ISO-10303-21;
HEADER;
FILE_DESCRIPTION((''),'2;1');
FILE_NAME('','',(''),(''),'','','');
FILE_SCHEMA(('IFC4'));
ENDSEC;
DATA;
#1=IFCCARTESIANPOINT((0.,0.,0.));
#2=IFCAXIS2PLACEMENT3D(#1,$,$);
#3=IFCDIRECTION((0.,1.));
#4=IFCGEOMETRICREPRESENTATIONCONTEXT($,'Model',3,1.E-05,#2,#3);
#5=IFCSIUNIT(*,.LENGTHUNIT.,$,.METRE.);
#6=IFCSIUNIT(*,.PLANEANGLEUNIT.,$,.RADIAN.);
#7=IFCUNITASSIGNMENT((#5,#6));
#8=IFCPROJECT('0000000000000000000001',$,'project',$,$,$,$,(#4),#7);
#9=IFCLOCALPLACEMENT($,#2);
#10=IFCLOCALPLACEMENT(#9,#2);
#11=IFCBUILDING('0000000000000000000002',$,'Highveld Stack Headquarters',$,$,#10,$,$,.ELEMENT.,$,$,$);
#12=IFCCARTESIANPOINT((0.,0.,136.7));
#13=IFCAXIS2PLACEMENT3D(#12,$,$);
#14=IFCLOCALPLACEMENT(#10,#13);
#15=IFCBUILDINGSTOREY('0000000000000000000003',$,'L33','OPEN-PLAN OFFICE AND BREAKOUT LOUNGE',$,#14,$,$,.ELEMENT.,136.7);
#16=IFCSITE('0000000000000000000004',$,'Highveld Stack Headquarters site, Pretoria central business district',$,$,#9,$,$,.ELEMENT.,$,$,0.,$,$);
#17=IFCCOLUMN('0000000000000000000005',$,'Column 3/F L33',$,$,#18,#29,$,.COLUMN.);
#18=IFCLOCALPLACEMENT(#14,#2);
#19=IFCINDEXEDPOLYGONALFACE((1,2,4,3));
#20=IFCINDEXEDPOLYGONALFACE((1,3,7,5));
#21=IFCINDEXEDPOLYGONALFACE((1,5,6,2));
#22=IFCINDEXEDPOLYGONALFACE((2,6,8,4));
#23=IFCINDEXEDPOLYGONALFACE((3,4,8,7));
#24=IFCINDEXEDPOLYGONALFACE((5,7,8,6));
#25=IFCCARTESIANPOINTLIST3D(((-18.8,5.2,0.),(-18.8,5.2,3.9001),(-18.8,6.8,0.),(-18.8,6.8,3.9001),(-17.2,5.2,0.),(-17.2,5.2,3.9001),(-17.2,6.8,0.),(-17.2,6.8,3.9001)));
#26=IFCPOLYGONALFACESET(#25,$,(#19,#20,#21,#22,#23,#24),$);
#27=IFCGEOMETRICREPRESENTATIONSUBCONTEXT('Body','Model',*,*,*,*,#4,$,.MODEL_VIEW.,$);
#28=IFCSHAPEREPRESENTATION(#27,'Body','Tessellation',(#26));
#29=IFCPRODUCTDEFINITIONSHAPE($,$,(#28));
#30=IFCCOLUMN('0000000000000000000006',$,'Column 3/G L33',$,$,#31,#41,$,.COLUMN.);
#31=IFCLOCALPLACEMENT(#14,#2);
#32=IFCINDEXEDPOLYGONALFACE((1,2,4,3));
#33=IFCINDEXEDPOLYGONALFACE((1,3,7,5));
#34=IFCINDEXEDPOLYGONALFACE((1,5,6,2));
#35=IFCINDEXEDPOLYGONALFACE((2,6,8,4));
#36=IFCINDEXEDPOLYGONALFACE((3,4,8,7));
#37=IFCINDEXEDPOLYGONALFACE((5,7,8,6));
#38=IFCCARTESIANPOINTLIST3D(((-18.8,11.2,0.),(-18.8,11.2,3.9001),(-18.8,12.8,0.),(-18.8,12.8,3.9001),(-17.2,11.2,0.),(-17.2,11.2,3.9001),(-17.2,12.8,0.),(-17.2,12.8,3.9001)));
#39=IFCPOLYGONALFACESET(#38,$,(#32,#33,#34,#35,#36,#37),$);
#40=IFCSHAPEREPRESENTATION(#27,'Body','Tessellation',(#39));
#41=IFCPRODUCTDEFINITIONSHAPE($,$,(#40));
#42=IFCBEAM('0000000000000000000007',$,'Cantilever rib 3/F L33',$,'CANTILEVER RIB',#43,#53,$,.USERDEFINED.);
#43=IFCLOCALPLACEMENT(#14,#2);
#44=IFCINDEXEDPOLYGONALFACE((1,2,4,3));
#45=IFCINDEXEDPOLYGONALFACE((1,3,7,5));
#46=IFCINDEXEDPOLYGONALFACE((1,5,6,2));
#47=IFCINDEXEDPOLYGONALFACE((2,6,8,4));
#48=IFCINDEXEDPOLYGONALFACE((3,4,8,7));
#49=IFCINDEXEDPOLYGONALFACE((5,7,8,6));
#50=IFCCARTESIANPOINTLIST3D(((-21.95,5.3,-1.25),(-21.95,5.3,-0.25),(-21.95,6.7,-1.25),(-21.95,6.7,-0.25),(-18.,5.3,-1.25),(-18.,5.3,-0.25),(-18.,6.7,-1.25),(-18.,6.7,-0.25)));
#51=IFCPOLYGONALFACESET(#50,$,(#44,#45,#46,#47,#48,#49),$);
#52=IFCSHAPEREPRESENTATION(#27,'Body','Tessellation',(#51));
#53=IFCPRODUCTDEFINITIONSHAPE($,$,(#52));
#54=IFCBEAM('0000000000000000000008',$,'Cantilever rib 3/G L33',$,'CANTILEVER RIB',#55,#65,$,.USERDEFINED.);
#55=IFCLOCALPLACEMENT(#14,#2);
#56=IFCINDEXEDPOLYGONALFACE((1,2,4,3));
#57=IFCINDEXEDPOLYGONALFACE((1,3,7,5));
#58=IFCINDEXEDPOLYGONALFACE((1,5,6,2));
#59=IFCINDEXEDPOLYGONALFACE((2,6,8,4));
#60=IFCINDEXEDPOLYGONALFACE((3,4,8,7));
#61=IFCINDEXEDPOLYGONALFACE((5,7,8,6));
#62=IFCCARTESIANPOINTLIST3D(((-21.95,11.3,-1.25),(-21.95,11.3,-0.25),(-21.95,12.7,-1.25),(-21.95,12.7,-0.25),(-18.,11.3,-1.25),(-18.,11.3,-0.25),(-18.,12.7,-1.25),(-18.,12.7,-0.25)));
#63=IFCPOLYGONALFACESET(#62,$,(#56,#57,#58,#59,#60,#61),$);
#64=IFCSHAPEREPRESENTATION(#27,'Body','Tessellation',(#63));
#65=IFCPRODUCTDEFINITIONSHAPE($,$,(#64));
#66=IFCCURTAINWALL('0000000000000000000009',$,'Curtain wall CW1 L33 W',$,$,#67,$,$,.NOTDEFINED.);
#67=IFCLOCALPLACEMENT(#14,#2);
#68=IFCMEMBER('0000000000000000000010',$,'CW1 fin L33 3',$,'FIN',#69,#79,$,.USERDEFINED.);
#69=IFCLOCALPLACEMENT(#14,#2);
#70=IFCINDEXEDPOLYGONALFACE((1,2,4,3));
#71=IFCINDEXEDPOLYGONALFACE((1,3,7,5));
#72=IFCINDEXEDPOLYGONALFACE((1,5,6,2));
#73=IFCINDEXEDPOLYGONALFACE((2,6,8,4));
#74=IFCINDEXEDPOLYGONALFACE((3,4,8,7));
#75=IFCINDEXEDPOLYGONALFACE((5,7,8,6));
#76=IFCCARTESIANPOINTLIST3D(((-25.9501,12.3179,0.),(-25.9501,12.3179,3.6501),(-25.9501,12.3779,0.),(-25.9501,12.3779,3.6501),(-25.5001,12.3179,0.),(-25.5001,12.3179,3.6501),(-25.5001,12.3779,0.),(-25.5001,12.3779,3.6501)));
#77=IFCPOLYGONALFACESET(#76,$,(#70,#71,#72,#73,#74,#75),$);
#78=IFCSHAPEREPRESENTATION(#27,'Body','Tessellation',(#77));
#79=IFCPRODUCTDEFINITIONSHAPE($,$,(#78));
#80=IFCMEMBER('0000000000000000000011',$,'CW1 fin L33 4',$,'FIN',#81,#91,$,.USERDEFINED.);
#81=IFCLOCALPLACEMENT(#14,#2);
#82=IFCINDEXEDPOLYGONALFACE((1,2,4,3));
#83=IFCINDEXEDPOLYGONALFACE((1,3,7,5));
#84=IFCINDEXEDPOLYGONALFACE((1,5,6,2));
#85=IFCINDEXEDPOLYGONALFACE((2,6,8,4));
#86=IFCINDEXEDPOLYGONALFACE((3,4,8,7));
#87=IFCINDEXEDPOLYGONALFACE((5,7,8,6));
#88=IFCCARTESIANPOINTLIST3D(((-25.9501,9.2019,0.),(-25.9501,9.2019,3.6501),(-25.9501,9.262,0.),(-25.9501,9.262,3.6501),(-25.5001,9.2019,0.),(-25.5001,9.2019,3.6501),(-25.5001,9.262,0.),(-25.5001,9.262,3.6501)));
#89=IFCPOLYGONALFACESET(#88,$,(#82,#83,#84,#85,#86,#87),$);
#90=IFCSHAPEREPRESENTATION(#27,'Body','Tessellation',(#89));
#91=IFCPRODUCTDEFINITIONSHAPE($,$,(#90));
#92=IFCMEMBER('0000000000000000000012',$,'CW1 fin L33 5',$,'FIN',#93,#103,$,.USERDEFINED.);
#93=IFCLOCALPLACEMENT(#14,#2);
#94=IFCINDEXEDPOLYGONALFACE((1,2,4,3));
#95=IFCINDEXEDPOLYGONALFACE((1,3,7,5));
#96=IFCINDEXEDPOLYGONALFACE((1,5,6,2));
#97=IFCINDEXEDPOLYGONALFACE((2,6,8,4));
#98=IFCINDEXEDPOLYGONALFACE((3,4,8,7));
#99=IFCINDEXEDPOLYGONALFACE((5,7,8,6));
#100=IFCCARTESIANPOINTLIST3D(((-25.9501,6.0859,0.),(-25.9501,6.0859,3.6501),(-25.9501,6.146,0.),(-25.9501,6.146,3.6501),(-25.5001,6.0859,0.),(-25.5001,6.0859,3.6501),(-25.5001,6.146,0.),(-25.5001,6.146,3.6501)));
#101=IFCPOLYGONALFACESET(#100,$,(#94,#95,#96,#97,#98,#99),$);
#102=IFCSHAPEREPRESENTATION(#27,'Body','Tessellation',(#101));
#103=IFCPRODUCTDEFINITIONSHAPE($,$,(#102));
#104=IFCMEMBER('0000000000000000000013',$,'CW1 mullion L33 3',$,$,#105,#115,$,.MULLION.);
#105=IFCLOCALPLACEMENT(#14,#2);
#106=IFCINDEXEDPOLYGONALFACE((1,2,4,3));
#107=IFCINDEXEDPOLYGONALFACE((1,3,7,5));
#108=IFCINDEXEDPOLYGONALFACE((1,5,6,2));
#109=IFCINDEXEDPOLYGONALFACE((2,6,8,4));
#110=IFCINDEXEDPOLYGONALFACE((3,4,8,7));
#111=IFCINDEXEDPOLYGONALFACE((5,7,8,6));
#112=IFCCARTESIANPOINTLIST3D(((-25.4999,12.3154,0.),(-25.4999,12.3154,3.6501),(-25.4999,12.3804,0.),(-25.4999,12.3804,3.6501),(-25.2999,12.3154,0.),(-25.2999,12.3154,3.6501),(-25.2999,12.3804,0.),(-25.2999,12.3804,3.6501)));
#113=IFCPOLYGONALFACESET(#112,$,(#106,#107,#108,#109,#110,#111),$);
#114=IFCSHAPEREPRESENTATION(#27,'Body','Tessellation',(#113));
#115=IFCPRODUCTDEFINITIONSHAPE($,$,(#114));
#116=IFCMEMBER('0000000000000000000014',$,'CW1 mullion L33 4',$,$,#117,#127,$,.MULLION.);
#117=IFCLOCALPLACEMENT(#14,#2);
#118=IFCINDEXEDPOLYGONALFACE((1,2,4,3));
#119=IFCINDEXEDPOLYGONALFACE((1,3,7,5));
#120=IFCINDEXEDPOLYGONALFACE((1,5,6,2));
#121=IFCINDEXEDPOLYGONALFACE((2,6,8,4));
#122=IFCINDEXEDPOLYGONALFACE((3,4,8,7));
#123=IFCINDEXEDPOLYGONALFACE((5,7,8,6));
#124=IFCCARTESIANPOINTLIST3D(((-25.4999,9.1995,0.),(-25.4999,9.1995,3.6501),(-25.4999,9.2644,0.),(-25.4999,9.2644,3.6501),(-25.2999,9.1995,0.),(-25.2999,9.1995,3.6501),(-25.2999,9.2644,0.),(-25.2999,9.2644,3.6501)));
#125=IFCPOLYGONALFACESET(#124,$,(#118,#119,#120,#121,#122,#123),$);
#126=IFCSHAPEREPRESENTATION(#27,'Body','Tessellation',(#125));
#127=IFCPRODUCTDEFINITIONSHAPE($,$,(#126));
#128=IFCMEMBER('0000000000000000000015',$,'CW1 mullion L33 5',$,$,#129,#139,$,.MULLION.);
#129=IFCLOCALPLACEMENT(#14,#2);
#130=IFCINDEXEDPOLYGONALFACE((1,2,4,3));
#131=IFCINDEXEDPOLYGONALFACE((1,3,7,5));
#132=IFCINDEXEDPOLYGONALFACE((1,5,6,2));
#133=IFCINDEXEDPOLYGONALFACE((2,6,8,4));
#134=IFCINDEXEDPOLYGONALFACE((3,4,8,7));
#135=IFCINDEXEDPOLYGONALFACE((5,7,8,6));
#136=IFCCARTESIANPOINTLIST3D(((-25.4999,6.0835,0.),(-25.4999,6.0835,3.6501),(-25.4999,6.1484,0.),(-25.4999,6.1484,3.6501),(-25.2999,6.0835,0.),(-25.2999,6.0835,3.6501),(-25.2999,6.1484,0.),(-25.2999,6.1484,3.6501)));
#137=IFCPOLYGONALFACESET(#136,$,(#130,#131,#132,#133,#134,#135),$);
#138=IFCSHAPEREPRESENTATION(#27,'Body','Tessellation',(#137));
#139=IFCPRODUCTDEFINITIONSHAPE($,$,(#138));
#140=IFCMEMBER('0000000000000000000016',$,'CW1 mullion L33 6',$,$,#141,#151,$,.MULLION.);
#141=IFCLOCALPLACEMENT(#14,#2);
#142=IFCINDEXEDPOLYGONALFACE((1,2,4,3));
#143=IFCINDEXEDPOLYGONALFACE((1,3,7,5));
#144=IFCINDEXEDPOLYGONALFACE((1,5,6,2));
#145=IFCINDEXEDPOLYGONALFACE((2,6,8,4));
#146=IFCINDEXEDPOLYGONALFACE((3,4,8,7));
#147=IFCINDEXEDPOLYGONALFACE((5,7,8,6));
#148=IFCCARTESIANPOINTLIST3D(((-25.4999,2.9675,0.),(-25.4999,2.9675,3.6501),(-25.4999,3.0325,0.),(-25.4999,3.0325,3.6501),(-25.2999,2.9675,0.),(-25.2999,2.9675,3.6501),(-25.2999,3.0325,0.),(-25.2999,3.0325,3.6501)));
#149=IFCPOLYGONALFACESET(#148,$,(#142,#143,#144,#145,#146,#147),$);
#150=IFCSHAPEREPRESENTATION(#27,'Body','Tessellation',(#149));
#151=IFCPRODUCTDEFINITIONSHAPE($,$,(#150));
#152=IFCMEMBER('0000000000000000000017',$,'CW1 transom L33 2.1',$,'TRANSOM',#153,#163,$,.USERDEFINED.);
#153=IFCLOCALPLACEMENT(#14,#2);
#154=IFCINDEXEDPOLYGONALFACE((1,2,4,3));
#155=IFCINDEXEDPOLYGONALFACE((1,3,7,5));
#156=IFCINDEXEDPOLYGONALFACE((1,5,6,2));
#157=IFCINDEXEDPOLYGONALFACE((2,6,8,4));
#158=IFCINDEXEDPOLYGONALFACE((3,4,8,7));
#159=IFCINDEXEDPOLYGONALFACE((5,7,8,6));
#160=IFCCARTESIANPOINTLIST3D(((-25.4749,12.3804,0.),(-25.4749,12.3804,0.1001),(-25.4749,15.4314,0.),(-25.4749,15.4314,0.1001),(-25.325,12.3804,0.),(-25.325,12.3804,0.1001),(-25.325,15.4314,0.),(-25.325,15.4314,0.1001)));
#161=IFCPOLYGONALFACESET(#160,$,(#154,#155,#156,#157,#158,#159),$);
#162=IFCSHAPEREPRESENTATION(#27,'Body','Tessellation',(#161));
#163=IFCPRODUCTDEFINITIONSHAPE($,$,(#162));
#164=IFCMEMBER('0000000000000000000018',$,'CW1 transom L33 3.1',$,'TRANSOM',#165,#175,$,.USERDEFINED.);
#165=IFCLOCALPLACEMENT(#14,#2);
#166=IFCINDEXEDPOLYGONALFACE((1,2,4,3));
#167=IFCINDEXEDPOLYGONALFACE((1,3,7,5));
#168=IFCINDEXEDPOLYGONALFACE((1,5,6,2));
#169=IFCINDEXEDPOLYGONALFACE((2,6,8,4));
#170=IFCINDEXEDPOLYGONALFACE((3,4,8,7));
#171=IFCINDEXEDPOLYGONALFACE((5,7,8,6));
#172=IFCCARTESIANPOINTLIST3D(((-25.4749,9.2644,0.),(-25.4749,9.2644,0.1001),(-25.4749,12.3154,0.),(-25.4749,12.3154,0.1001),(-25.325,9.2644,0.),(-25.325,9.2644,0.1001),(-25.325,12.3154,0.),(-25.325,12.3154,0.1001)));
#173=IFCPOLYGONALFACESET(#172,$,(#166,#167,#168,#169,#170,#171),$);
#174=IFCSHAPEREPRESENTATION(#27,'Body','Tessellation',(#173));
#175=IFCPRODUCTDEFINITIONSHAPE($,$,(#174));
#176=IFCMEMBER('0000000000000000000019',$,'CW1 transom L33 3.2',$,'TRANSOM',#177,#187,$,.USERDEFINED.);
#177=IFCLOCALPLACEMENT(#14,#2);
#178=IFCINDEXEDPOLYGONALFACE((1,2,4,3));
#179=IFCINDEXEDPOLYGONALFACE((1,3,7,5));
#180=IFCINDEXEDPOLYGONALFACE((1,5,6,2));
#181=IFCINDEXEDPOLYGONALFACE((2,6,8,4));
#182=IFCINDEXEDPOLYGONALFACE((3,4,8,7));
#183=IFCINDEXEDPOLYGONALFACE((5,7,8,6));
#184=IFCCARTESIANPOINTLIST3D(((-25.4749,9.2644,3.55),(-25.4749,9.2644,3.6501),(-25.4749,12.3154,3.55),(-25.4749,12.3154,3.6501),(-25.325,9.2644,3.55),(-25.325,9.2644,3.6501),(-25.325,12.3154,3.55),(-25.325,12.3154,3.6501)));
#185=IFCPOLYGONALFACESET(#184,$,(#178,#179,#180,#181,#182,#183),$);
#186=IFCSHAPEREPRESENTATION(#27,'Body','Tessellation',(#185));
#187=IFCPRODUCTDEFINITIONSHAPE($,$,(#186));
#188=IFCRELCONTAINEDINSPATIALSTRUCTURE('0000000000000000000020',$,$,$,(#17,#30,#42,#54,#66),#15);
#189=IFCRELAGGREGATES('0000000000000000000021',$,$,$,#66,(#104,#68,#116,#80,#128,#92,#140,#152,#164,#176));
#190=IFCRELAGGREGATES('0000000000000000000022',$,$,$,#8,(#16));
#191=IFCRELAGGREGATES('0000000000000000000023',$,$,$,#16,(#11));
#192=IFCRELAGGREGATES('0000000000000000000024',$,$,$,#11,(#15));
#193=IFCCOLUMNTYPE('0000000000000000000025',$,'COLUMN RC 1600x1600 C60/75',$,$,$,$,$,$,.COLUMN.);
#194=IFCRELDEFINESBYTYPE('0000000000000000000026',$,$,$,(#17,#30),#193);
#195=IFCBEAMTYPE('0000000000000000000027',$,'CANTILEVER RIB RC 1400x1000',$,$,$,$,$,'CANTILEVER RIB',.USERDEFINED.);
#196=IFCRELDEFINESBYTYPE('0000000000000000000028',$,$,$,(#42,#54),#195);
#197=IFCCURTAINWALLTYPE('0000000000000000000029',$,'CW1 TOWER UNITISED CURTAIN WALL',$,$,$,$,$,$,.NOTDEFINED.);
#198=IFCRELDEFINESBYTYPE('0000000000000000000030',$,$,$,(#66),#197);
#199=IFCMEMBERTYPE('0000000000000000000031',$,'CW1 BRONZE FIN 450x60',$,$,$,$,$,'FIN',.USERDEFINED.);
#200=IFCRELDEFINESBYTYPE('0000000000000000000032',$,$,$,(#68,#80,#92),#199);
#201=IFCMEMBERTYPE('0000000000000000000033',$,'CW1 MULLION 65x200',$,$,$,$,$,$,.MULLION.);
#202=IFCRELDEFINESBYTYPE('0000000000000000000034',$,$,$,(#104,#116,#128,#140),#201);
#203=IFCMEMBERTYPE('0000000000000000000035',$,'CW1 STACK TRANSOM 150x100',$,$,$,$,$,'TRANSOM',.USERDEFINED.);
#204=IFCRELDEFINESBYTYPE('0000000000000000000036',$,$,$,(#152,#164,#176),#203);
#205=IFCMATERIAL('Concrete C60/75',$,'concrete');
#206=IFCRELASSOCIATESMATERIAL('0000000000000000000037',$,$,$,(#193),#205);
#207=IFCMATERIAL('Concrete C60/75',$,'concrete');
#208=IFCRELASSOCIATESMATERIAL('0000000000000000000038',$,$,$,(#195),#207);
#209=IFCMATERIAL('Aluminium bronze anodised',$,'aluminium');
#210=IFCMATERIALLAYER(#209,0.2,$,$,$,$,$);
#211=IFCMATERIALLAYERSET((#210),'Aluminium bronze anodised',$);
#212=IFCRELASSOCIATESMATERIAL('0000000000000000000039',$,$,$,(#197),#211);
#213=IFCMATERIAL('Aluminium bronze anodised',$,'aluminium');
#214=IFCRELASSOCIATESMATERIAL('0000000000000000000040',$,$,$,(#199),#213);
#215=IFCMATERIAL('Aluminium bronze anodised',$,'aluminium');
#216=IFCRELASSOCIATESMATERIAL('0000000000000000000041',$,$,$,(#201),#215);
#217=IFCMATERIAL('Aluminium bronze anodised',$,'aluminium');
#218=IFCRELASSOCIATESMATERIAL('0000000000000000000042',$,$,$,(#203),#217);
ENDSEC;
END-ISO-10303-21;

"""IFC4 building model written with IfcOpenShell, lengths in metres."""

from ifc_helpers import new_model, si_unit, direction, frame, origin, origin_2d, place, context, subcontext, project, spatial, rectangle, extrude, material, layer, layer_set, material_profile, profile_set, type_object, element, aggregate, save


model = new_model("IFC4")

# Units and contexts
model_context = context("Model", 3, precision=1e-05, world=origin(), true_north=direction((0.0, 1.0)))
body_context = subcontext(model_context, "Body", "Model", "MODEL_VIEW")
ifc_project = project(units=[si_unit("LENGTHUNIT", "METRE"), si_unit("PLANEANGLEUNIT", "RADIAN")], contexts=[model_context])

# Site, building, storey
site_placement = place(None, origin())
site = spatial("IfcSite", under=ifc_project, at=site_placement, Name="Highveld Stack Headquarters site, Pretoria central business district", CompositionType="ELEMENT", RefElevation=0.0)
building_placement = place(site_placement, origin())
building = spatial("IfcBuilding", under=site, at=building_placement, Name="Highveld Stack Headquarters", CompositionType="ELEMENT")
storey_placement = place(building_placement, frame((0.0, 0.0, 136.7)))
storey = spatial("IfcBuildingStorey", under=building, at=storey_placement, Name="L33", Description="OPEN-PLAN OFFICE AND BREAKOUT LOUNGE", CompositionType="ELEMENT", Elevation=136.7)

# Columns
ifc_material_1 = material(Name="Concrete C60/75", Category="concrete")
ifc_material_profile_1 = material_profile(ifc_material_1, rectangle(XDim=1.6001, YDim=1.6001, at=origin_2d()), Name="RC 1600x1600")
ifc_profile_set_1 = profile_set([ifc_material_profile_1], Name="Concrete C60/75")
column_type = type_object("IfcColumnType", Name="COLUMN RC 1600x1600 C60/75", PredefinedType="COLUMN", material=ifc_profile_set_1)
for number, where, z_axis, x_axis, name in (
    (1, (-18.0, 6.0, 0.0), (0.0, 0.0, 1.0), (1.0, 0.0, 0.0), "Column 3/F L33"),
    (2, (-18.0, 12.0, 0.0), (0.0, 0.0, 1.0), (1.0, 0.0, 0.0), "Column 3/G L33"),
):
    element("IfcColumn", number, at=place(storey_placement, frame(where, z_axis=z_axis, x_axis=x_axis)), inside=storey, type_object=column_type, Name=name, PredefinedType="COLUMN", context=body_context, shape_type="SweptSolid", body=[
        extrude(rectangle(XDim=1.6001, YDim=1.6001, at=origin_2d()), origin(), (0.0, 0.0, 1.0), 3.9001),
    ])

# Beams
ifc_material_2 = material(Name="Concrete C60/75", Category="concrete")
ifc_material_profile_2 = material_profile(ifc_material_2, rectangle(XDim=1.3999, YDim=1.0, at=origin_2d()), Name="RC 1400x1000")
ifc_profile_set_2 = profile_set([ifc_material_profile_2], Name="Concrete C60/75")
beam_type_1 = type_object("IfcBeamType", Name="CANTILEVER RIB RC 1400x1000", ElementType="CANTILEVER RIB", PredefinedType="USERDEFINED", material=ifc_profile_set_2)
for number, where, z_axis, x_axis, name in (
    (3, (-18.0, 6.0, -0.75), (-1.0, 0.0, 0.0), (0.0, -1.0, 0.0), "Cantilever rib 3/F L33"),
    (4, (-18.0, 12.0, -0.75), (-1.0, 0.0, 0.0), (0.0, -1.0, 0.0), "Cantilever rib 3/G L33"),
):
    element("IfcBeam", number, at=place(storey_placement, frame(where, z_axis=z_axis, x_axis=x_axis)), inside=storey, type_object=beam_type_1, Name=name, ObjectType="CANTILEVER RIB", PredefinedType="USERDEFINED", context=body_context, shape_type="SweptSolid", body=[
        extrude(rectangle(XDim=1.3999, YDim=1.0, at=origin_2d()), origin(), (0.0, 0.0, 1.0), 3.95),
    ])

# Curtain wall, members
ifc_material_3 = material(Name="Aluminium bronze anodised", Category="aluminium")
ifc_layer_1 = layer(ifc_material_3, 0.2)
ifc_layer_set_1 = layer_set([ifc_layer_1], Name="Aluminium bronze anodised")
curtain_wall_type = type_object("IfcCurtainWallType", Name="CW1 TOWER UNITISED CURTAIN WALL", PredefinedType="NOTDEFINED", material=ifc_layer_set_1)
curtain_wall_placement = place(storey_placement, origin())
curtain_wall = element("IfcCurtainWall", 5, at=curtain_wall_placement, inside=storey, type_object=curtain_wall_type, Name="Curtain wall CW1 L33 W", PredefinedType="NOTDEFINED")
ifc_material_4 = material(Name="Aluminium bronze anodised", Category="aluminium")
ifc_material_profile_3 = material_profile(ifc_material_4, rectangle(XDim=0.45, YDim=0.0601, at=origin_2d()), Name="FIN 450x60")
ifc_profile_set_3 = profile_set([ifc_material_profile_3], Name="Aluminium bronze anodised")
member_type_1 = type_object("IfcMemberType", Name="CW1 BRONZE FIN 450x60", ElementType="FIN", PredefinedType="USERDEFINED", material=ifc_profile_set_3)
member_1_placement = place(storey_placement, frame((-25.7251, 12.3479, 0.0), z_axis=(0.0, 0.0, 1.0), x_axis=(1.0, 0.0, 0.0)))
member_1 = element("IfcMember", 6, at=member_1_placement, type_object=member_type_1, Name="CW1 fin L33 3", ObjectType="FIN", PredefinedType="USERDEFINED", context=body_context, shape_type="SweptSolid", body=[
    extrude(rectangle(XDim=0.45, YDim=0.0601, at=origin_2d()), origin(), (0.0, 0.0, 1.0), 3.6501),
])
member_2_placement = place(storey_placement, frame((-25.7251, 9.2319, 0.0), z_axis=(0.0, 0.0, 1.0), x_axis=(1.0, 0.0, 0.0)))
member_2 = element("IfcMember", 7, at=member_2_placement, type_object=member_type_1, Name="CW1 fin L33 4", ObjectType="FIN", PredefinedType="USERDEFINED", context=body_context, shape_type="SweptSolid", body=[
    extrude(rectangle(XDim=0.45, YDim=0.0601, at=origin_2d()), origin(), (0.0, 0.0, 1.0), 3.6501),
])
member_3_placement = place(storey_placement, frame((-25.7251, 6.116, 0.0), z_axis=(0.0, 0.0, 1.0), x_axis=(1.0, 0.0, 0.0)))
member_3 = element("IfcMember", 8, at=member_3_placement, type_object=member_type_1, Name="CW1 fin L33 5", ObjectType="FIN", PredefinedType="USERDEFINED", context=body_context, shape_type="SweptSolid", body=[
    extrude(rectangle(XDim=0.45, YDim=0.0601, at=origin_2d()), origin(), (0.0, 0.0, 1.0), 3.6501),
])
ifc_material_5 = material(Name="Aluminium bronze anodised", Category="aluminium")
ifc_material_profile_4 = material_profile(ifc_material_5, rectangle(XDim=0.2, YDim=0.0649, at=origin_2d()), Name="CW1 MULLION 65x200")
ifc_profile_set_4 = profile_set([ifc_material_profile_4], Name="Aluminium bronze anodised")
member_type_2 = type_object("IfcMemberType", Name="CW1 MULLION 65x200", PredefinedType="MULLION", material=ifc_profile_set_4)
member_4_placement = place(storey_placement, frame((-25.3999, 12.3479, 0.0), z_axis=(0.0, 0.0, 1.0), x_axis=(1.0, 0.0, 0.0)))
member_4 = element("IfcMember", 9, at=member_4_placement, type_object=member_type_2, Name="CW1 mullion L33 3", PredefinedType="MULLION", context=body_context, shape_type="SweptSolid", body=[
    extrude(rectangle(XDim=0.2, YDim=0.0649, at=origin_2d()), origin(), (0.0, 0.0, 1.0), 3.6501),
])
member_5_placement = place(storey_placement, frame((-25.3999, 9.2319, 0.0), z_axis=(0.0, 0.0, 1.0), x_axis=(1.0, 0.0, 0.0)))
member_5 = element("IfcMember", 10, at=member_5_placement, type_object=member_type_2, Name="CW1 mullion L33 4", PredefinedType="MULLION", context=body_context, shape_type="SweptSolid", body=[
    extrude(rectangle(XDim=0.2, YDim=0.0649, at=origin_2d()), origin(), (0.0, 0.0, 1.0), 3.6501),
])
member_6_placement = place(storey_placement, frame((-25.3999, 6.116, 0.0), z_axis=(0.0, 0.0, 1.0), x_axis=(1.0, 0.0, 0.0)))
member_6 = element("IfcMember", 11, at=member_6_placement, type_object=member_type_2, Name="CW1 mullion L33 5", PredefinedType="MULLION", context=body_context, shape_type="SweptSolid", body=[
    extrude(rectangle(XDim=0.2, YDim=0.0649, at=origin_2d()), origin(), (0.0, 0.0, 1.0), 3.6501),
])
member_7_placement = place(storey_placement, frame((-25.3999, 3.0, 0.0), z_axis=(0.0, 0.0, 1.0), x_axis=(1.0, 0.0, 0.0)))
member_7 = element("IfcMember", 12, at=member_7_placement, type_object=member_type_2, Name="CW1 mullion L33 6", PredefinedType="MULLION", context=body_context, shape_type="SweptSolid", body=[
    extrude(rectangle(XDim=0.2, YDim=0.0649, at=origin_2d()), origin(), (0.0, 0.0, 1.0), 3.6501),
])
ifc_material_6 = material(Name="Aluminium bronze anodised", Category="aluminium")
ifc_material_profile_5 = material_profile(ifc_material_6, rectangle(XDim=0.1499, YDim=0.1001, at=origin_2d()), Name="CW1 TRANSOM 150x100")
ifc_profile_set_5 = profile_set([ifc_material_profile_5], Name="Aluminium bronze anodised")
member_type_3 = type_object("IfcMemberType", Name="CW1 STACK TRANSOM 150x100", ElementType="TRANSOM", PredefinedType="USERDEFINED", material=ifc_profile_set_5)
member_8_placement = place(storey_placement, frame((-25.3999, 15.4314, 0.05), z_axis=(0.0, -1.0, 0.0), x_axis=(1.0, 0.0, 0.0)))
member_8 = element("IfcMember", 13, at=member_8_placement, type_object=member_type_3, Name="CW1 transom L33 2.1", ObjectType="TRANSOM", PredefinedType="USERDEFINED", context=body_context, shape_type="SweptSolid", body=[
    extrude(rectangle(XDim=0.1499, YDim=0.1001, at=origin_2d()), origin(), (0.0, 0.0, 1.0), 3.051),
])
member_9_placement = place(storey_placement, frame((-25.3999, 12.3154, 0.05), z_axis=(0.0, -1.0, 0.0), x_axis=(1.0, 0.0, 0.0)))
member_9 = element("IfcMember", 14, at=member_9_placement, type_object=member_type_3, Name="CW1 transom L33 3.1", ObjectType="TRANSOM", PredefinedType="USERDEFINED", context=body_context, shape_type="SweptSolid", body=[
    extrude(rectangle(XDim=0.1499, YDim=0.1001, at=origin_2d()), origin(), (0.0, 0.0, 1.0), 3.051),
])
member_10_placement = place(storey_placement, frame((-25.3999, 12.3154, 3.6001), z_axis=(0.0, -1.0, 0.0), x_axis=(1.0, 0.0, 0.0)))
member_10 = element("IfcMember", 15, at=member_10_placement, type_object=member_type_3, Name="CW1 transom L33 3.2", ObjectType="TRANSOM", PredefinedType="USERDEFINED", context=body_context, shape_type="SweptSolid", body=[
    extrude(rectangle(XDim=0.1499, YDim=0.1001, at=origin_2d()), origin(), (0.0, 0.0, 1.0), 3.051),
])

aggregate(curtain_wall, [member_4, member_1, member_5, member_2, member_6, member_3, member_7, member_8, member_9, member_10])

save(model, "model.ifc")
